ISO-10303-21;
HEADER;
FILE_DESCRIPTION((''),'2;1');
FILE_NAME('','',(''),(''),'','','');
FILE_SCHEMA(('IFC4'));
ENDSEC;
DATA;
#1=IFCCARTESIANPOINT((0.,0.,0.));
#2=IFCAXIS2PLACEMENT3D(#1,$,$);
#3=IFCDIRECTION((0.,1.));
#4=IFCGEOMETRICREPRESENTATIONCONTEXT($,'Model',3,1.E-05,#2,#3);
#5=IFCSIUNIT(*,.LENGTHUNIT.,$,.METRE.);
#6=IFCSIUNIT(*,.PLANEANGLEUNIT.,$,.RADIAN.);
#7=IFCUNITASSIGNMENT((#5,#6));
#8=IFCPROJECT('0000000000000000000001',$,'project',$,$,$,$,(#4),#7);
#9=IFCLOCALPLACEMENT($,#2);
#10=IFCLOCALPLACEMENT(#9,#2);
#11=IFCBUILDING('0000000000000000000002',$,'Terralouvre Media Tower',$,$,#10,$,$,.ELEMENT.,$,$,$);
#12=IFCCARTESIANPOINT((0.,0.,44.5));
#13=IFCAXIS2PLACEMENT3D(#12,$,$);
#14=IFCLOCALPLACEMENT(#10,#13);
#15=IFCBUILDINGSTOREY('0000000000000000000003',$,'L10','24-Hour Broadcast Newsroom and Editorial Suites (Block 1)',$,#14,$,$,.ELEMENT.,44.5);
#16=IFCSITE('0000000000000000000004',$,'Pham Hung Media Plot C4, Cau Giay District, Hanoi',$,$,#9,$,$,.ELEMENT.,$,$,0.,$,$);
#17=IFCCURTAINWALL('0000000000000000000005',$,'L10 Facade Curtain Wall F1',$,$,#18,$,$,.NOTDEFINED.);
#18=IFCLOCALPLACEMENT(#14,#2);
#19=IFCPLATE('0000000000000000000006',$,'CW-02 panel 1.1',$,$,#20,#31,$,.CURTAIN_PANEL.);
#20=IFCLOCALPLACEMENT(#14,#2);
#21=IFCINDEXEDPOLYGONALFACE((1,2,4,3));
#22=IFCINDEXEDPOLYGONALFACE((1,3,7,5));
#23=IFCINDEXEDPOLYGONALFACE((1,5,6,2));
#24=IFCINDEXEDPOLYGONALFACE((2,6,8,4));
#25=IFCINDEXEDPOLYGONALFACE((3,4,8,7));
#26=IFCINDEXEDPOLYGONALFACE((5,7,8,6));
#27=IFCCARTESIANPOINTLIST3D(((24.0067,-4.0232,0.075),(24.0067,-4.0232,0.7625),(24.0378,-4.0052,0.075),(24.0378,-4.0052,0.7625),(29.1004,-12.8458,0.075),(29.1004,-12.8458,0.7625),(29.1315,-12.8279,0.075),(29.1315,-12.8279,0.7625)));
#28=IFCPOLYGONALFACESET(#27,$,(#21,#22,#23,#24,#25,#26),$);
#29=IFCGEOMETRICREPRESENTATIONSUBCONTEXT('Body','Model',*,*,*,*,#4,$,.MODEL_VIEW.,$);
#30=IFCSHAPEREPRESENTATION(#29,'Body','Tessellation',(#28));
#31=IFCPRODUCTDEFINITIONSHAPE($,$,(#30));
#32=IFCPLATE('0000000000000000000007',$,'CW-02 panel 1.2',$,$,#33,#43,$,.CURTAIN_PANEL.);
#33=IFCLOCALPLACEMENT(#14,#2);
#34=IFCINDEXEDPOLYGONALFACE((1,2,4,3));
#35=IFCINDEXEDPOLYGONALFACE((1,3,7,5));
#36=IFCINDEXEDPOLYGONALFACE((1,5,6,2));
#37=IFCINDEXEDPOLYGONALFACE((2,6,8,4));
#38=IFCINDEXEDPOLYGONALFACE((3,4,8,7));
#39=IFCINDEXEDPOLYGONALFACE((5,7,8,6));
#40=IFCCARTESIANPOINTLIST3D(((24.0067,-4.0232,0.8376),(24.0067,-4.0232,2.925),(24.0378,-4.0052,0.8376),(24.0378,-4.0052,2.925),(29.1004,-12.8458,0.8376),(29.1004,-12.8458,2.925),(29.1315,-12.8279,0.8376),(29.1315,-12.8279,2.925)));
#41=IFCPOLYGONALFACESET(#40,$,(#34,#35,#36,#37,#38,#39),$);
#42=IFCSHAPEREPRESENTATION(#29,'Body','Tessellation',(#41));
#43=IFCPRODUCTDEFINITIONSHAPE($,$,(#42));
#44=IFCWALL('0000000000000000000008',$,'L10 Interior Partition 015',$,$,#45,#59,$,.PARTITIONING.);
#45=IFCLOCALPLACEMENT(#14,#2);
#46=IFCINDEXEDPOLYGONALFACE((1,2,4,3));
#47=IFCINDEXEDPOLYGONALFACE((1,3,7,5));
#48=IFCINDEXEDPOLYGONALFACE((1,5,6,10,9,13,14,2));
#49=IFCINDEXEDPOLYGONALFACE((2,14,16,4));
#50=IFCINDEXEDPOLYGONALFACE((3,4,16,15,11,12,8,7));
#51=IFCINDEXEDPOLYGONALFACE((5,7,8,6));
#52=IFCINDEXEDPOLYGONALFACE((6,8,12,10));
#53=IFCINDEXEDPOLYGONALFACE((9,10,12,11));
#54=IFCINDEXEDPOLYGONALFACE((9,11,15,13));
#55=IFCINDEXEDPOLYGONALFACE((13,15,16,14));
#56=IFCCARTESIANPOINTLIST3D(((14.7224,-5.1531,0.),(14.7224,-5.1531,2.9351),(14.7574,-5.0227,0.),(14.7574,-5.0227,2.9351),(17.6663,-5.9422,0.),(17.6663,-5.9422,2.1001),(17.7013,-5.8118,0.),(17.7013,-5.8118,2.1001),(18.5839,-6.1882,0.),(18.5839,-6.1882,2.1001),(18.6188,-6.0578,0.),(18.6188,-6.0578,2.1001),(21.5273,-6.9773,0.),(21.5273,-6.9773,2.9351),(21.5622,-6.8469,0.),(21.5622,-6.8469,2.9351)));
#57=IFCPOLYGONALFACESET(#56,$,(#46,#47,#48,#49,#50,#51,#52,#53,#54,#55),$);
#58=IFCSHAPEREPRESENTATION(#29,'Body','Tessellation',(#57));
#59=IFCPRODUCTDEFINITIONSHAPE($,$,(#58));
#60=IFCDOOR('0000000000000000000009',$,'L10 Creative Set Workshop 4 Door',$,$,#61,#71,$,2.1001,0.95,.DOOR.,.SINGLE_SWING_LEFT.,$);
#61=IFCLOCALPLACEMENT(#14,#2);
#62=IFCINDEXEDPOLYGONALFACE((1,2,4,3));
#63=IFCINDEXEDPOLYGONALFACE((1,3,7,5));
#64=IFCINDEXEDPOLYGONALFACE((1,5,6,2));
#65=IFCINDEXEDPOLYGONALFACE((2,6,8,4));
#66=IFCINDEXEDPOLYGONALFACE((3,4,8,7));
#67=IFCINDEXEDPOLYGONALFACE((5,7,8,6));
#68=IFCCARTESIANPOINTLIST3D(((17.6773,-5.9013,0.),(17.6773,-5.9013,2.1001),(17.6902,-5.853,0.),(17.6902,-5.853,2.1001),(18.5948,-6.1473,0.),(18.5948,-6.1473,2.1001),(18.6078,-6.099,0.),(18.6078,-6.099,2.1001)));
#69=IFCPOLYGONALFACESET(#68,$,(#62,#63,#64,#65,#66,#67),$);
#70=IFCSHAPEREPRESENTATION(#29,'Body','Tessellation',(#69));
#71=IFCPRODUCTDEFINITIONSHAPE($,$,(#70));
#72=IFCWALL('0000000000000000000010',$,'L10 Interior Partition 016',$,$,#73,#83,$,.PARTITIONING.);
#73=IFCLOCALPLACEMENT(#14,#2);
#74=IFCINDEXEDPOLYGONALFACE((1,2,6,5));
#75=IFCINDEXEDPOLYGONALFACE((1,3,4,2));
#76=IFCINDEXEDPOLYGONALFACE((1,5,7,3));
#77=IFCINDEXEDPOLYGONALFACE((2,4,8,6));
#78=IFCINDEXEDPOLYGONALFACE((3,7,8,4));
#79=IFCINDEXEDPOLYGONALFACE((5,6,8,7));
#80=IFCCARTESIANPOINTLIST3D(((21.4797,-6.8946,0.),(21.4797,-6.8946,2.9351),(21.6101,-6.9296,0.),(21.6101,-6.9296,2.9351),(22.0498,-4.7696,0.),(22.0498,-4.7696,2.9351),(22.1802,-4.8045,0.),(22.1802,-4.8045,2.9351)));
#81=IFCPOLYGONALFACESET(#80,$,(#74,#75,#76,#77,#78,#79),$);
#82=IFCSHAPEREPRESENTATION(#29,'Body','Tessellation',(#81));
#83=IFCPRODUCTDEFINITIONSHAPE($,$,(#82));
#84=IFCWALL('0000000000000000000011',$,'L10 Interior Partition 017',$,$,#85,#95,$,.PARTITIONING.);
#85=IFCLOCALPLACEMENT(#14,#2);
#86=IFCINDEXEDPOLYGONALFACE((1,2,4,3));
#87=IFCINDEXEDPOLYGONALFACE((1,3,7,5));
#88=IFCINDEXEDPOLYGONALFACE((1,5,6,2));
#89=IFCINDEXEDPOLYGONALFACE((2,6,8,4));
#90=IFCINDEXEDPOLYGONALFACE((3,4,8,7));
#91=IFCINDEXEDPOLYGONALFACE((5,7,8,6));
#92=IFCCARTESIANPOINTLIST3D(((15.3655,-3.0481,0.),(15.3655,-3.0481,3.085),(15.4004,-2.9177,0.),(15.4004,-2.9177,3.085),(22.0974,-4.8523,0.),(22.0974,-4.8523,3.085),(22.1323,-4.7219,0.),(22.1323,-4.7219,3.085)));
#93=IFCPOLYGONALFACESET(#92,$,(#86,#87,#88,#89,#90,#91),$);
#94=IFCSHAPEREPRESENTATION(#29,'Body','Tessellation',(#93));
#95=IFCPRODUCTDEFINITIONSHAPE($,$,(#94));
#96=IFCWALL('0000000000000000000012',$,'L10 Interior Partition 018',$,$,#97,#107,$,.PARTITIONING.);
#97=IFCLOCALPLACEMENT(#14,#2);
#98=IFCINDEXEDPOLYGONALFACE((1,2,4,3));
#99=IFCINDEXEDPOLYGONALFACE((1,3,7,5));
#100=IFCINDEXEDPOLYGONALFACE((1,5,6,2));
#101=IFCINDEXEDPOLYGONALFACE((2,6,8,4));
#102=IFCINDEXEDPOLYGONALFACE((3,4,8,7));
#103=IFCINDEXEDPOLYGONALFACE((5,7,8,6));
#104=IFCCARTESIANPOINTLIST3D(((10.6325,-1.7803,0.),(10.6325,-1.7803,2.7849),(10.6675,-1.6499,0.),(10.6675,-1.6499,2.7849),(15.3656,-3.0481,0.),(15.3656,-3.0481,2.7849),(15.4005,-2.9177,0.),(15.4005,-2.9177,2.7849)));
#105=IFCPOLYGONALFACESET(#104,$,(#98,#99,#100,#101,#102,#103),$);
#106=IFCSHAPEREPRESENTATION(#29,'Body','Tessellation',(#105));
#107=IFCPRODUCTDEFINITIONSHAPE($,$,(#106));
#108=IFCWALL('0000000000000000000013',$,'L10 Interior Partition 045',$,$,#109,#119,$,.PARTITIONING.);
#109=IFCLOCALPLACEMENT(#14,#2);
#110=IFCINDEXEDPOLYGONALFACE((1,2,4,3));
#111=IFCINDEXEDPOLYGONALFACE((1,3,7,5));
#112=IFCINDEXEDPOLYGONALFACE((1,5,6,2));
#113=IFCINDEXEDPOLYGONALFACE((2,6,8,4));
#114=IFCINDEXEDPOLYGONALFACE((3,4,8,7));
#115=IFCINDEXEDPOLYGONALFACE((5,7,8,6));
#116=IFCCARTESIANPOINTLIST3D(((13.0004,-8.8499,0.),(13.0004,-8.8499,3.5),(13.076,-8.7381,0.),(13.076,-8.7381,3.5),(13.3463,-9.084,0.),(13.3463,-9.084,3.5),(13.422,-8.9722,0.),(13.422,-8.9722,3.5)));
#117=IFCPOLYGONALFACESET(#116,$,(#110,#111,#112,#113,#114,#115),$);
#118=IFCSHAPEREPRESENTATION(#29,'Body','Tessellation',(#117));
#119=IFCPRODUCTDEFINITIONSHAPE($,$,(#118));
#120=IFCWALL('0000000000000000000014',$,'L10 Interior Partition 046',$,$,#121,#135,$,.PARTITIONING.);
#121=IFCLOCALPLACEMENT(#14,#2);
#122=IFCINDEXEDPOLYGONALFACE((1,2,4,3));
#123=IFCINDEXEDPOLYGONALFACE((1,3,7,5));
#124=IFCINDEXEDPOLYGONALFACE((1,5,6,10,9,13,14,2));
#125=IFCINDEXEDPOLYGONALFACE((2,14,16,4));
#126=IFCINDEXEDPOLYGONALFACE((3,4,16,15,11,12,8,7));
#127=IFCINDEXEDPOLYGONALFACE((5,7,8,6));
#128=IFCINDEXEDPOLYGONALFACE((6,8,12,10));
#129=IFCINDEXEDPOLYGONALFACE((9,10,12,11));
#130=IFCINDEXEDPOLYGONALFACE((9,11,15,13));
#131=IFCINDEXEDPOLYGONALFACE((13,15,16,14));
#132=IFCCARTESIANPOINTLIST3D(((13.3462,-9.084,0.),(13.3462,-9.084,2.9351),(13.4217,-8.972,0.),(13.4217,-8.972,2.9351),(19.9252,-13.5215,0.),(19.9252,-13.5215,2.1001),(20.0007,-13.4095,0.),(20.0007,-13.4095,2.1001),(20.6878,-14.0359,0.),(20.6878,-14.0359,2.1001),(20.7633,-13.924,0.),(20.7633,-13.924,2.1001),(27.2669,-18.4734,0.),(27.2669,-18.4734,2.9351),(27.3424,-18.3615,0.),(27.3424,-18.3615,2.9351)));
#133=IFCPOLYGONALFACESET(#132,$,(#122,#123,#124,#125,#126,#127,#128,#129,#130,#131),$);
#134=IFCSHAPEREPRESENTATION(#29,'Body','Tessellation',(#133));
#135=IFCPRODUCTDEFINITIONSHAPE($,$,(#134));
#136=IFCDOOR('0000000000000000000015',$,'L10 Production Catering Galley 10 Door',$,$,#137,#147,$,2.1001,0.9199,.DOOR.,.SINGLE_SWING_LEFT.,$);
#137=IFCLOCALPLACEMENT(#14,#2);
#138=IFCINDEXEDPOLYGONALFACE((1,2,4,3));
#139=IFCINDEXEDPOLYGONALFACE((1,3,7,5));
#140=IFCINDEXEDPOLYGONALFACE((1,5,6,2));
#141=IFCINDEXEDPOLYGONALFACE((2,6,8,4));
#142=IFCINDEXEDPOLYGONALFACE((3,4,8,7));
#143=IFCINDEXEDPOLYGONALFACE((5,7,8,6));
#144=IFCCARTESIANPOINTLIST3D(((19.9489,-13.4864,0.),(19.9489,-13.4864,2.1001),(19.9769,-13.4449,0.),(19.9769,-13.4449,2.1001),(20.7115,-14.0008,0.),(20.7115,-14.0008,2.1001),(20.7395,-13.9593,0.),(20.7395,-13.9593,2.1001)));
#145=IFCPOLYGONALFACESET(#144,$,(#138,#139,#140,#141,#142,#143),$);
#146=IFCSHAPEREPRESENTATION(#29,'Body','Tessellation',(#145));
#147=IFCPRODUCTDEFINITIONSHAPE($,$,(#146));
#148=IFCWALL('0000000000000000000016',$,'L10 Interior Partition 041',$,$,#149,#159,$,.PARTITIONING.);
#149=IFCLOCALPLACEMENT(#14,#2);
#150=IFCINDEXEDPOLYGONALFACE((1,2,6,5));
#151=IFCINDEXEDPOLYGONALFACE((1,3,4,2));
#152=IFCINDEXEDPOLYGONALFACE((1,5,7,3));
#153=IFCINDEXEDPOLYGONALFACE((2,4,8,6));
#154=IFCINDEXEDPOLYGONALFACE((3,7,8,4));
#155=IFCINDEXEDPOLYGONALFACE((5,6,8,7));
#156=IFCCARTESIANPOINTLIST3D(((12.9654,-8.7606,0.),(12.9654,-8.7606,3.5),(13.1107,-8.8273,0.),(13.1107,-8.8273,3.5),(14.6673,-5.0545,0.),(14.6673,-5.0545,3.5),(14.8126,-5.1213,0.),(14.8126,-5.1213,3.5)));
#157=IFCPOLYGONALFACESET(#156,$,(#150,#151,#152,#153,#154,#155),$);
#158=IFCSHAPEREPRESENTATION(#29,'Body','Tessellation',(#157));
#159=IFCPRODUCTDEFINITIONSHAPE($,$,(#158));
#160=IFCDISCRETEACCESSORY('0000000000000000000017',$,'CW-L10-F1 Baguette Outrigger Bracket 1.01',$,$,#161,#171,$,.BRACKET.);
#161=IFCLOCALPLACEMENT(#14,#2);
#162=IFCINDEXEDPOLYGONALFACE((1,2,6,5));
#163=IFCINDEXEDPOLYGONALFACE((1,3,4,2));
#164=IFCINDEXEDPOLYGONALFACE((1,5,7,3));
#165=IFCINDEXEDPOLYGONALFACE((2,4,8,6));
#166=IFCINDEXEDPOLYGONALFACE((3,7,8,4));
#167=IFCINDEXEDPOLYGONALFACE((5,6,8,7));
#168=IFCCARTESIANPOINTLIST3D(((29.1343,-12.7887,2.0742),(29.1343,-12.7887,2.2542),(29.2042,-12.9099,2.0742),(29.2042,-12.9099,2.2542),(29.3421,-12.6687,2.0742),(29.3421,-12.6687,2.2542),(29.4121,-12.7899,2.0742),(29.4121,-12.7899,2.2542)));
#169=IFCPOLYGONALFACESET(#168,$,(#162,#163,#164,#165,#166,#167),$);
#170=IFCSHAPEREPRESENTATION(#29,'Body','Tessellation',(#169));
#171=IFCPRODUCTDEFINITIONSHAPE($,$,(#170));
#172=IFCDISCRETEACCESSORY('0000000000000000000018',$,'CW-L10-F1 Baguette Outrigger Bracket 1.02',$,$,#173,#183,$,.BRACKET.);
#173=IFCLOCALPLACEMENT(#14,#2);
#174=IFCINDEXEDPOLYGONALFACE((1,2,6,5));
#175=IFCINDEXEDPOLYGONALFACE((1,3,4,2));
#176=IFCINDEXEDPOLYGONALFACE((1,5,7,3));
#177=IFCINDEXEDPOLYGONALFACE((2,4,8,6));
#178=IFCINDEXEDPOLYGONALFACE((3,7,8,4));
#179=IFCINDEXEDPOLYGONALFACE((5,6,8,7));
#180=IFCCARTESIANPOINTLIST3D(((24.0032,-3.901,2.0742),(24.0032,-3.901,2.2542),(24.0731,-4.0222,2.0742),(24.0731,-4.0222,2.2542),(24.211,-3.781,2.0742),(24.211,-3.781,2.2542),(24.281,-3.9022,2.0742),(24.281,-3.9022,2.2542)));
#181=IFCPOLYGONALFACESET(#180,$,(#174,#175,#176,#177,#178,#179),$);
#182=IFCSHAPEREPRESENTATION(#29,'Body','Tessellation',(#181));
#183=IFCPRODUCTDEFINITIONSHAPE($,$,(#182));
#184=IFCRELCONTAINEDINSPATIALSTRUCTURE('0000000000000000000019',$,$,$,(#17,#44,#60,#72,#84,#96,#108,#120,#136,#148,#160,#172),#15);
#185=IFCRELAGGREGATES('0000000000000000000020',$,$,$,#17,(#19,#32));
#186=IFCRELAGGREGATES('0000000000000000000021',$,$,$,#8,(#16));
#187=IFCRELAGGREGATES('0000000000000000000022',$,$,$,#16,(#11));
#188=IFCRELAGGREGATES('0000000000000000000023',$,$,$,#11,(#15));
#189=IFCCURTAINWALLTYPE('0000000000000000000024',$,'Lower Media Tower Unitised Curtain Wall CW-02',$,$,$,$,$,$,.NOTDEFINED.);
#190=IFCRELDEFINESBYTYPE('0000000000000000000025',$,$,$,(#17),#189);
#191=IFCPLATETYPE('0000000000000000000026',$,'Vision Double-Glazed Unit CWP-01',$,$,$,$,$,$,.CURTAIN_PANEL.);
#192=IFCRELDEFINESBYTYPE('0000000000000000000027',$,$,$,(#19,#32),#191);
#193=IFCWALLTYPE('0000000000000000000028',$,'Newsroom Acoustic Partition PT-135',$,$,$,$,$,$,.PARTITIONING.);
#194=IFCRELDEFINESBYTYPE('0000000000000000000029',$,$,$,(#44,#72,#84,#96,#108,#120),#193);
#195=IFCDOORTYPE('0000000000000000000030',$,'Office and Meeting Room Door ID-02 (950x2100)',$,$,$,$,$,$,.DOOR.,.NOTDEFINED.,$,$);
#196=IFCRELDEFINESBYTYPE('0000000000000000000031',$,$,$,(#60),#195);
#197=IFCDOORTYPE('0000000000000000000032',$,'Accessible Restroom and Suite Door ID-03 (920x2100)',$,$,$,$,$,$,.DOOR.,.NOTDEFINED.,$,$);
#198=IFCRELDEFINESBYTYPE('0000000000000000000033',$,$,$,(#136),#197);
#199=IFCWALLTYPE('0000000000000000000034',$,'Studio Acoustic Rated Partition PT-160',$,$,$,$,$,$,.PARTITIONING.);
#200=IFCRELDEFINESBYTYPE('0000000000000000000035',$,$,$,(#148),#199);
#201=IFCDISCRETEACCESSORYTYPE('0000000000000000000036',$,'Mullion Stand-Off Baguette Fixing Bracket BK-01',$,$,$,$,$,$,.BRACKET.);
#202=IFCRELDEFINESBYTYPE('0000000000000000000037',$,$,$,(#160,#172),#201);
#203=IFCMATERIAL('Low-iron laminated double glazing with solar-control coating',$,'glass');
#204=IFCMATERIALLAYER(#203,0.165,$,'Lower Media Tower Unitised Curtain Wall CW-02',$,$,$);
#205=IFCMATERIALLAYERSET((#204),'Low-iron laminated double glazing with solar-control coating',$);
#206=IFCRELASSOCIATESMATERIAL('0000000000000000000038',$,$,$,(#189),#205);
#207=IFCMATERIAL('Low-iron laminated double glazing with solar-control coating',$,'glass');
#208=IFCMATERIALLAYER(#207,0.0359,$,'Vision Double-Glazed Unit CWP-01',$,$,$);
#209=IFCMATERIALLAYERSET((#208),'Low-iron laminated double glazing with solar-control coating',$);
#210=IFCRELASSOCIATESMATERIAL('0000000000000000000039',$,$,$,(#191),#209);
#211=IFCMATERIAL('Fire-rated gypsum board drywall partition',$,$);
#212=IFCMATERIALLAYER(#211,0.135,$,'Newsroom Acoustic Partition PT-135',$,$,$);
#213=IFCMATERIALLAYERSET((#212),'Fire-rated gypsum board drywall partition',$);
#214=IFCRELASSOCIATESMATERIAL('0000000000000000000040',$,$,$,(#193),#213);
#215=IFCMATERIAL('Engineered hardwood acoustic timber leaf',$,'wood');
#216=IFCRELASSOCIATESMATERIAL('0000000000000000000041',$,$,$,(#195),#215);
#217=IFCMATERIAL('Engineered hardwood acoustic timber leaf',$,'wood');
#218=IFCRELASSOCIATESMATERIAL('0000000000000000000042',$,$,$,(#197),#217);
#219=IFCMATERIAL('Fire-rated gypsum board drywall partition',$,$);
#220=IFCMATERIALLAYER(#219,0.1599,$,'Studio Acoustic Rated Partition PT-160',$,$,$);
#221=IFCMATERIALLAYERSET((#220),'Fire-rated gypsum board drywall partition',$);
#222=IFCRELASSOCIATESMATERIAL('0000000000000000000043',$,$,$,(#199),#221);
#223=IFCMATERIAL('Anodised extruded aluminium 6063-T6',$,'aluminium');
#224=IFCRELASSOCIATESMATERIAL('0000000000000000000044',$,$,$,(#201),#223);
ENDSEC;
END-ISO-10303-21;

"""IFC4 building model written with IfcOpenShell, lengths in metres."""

from ifc_helpers import new_model, si_unit, direction, frame, frame_2d, origin, origin_2d, place, context, subcontext, project, spatial, rectangle, extrude, material, layer, layer_set, type_object, element, fill, aggregate, save


model = new_model("IFC4")

# Units and contexts
model_context = context("Model", 3, precision=1e-05, world=origin(), true_north=direction((0.0, 1.0)))
body_context = subcontext(model_context, "Body", "Model", "MODEL_VIEW")
ifc_project = project(units=[si_unit("LENGTHUNIT", "METRE"), si_unit("PLANEANGLEUNIT", "RADIAN")], contexts=[model_context])

# Site, building, storey
site_placement = place(None, origin())
site = spatial("IfcSite", under=ifc_project, at=site_placement, Name="Pham Hung Media Plot C4, Cau Giay District, Hanoi", CompositionType="ELEMENT", RefElevation=0.0)
building_placement = place(site_placement, origin())
building = spatial("IfcBuilding", under=site, at=building_placement, Name="Terralouvre Media Tower", CompositionType="ELEMENT")
storey_placement = place(building_placement, frame((0.0, 0.0, 44.5)))
storey = spatial("IfcBuildingStorey", under=building, at=storey_placement, Name="L10", Description="24-Hour Broadcast Newsroom and Editorial Suites (Block 1)", CompositionType="ELEMENT", Elevation=44.5)

# Curtain wall
ifc_material_1 = material(Name="Low-iron laminated double glazing with solar-control coating", Category="glass")
ifc_layer_1 = layer(ifc_material_1, 0.165, Name="Lower Media Tower Unitised Curtain Wall CW-02")
ifc_layer_set_1 = layer_set([ifc_layer_1], Name="Low-iron laminated double glazing with solar-control coating")
curtain_wall_type_1 = type_object("IfcCurtainWallType", Name="Lower Media Tower Unitised Curtain Wall CW-02", PredefinedType="NOTDEFINED", material=ifc_layer_set_1)
curtain_wall_1_placement = place(storey_placement, origin())
curtain_wall_1 = element("IfcCurtainWall", 1, at=curtain_wall_1_placement, inside=storey, type_object=curtain_wall_type_1, Name="L10 Facade Curtain Wall F1", PredefinedType="NOTDEFINED")

# Plates
ifc_material_2 = material(Name="Low-iron laminated double glazing with solar-control coating", Category="glass")
ifc_layer_2 = layer(ifc_material_2, 0.0359, Name="Vision Double-Glazed Unit CWP-01")
ifc_layer_set_2 = layer_set([ifc_layer_2], Name="Low-iron laminated double glazing with solar-control coating")
plate_type = type_object("IfcPlateType", Name="Vision Double-Glazed Unit CWP-01", PredefinedType="CURTAIN_PANEL", material=ifc_layer_set_2)
plate_1_placement = place(storey_placement, frame((26.5691, -8.4255, 0.075), z_axis=(0.0, 0.0, 1.0), x_axis=(-0.5, 0.866025, 0.0)))
plate_1 = element("IfcPlate", 2, at=plate_1_placement, type_object=plate_type, Name="CW-02 panel 1.1", PredefinedType="CURTAIN_PANEL", context=body_context, shape_type="SweptSolid", body=[
    extrude(rectangle(XDim=10.1875, YDim=0.0359, at=origin_2d()), origin(), (0.0, 0.0, 1.0), 0.6875),
])
plate_2_placement = place(storey_placement, frame((26.5691, -8.4255, 0.8376), z_axis=(0.0, 0.0, 1.0), x_axis=(-0.5, 0.866025, 0.0)))
plate_2 = element("IfcPlate", 3, at=plate_2_placement, type_object=plate_type, Name="CW-02 panel 1.2", PredefinedType="CURTAIN_PANEL", context=body_context, shape_type="SweptSolid", body=[
    extrude(rectangle(XDim=10.1875, YDim=0.0359, at=origin_2d()), origin(), (0.0, 0.0, 1.0), 2.0874),
])
aggregate(curtain_wall_1, [plate_1, plate_2])

# Wall, opening, door
ifc_material_3 = material(Name="Fire-rated gypsum board drywall partition")
ifc_layer_3 = layer(ifc_material_3, 0.135, Name="Newsroom Acoustic Partition PT-135")
ifc_layer_set_3 = layer_set([ifc_layer_3], Name="Fire-rated gypsum board drywall partition")
wall_type_1 = type_object("IfcWallType", Name="Newsroom Acoustic Partition PT-135", PredefinedType="PARTITIONING", material=ifc_layer_set_3)
wall_1_placement = place(storey_placement, frame((14.74, -5.0879, 0.0), z_axis=(0.0, 0.0, 1.0), x_axis=(0.965896, -0.258931, 0.0)))
wall_1 = element("IfcWall", 4, at=wall_1_placement, inside=storey, type_object=wall_type_1, Name="L10 Interior Partition 015", PredefinedType="PARTITIONING", context=body_context, shape_type="SweptSolid", body=[
    extrude(rectangle(XDim=7.0452, YDim=0.135, at=frame_2d((3.5225, 0.0))), origin(), (0.0, 0.0, 1.0), 2.9351),
])
opening_1_placement = place(wall_1_placement, frame((3.0476, 0.0, 0.0)))
opening_1 = element("IfcOpeningElement", 5, at=opening_1_placement, cuts=wall_1, PredefinedType="OPENING", context=body_context, shape_type="SweptSolid", body=[
    extrude(rectangle(XDim=0.95, YDim=2.1001, at=frame_2d((0.4751, 1.05))), frame((0.0, 0.0774, 0.0), z_axis=(0.0, -1.0, 0.0), x_axis=(1.0, 0.0, 0.0)), (0.0, 0.0, 1.0), 0.155),
])
ifc_material_4 = material(Name="Engineered hardwood acoustic timber leaf", Category="wood")
door_type_1 = type_object("IfcDoorType", Name="Office and Meeting Room Door ID-02 (950x2100)", OperationType="NOTDEFINED", PredefinedType="DOOR", material=ifc_material_4)
door_1_placement = place(opening_1_placement, origin())
door_1 = element("IfcDoor", 6, at=door_1_placement, inside=storey, type_object=door_type_1, Name="L10 Creative Set Workshop 4 Door", OperationType="SINGLE_SWING_LEFT", OverallHeight=2.1001, OverallWidth=0.95, PredefinedType="DOOR", context=body_context, shape_type="SweptSolid", body=[
    extrude(rectangle(XDim=0.95, YDim=2.1001, at=frame_2d((0.4751, 1.05))), frame((0.0, 0.0249, 0.0), z_axis=(0.0, -1.0, 0.0), x_axis=(1.0, 0.0, 0.0)), (0.0, 0.0, 1.0), 0.05),
])
fill(opening_1, door_1)

# Walls
wall_2_placement = place(storey_placement, frame((21.5449, -6.9121, 0.0), z_axis=(0.0, 0.0, 1.0), x_axis=(0.259106, 0.965849, 0.0)))
element("IfcWall", 7, at=wall_2_placement, inside=storey, type_object=wall_type_1, Name="L10 Interior Partition 016", PredefinedType="PARTITIONING", context=body_context, shape_type="SweptSolid", body=[
    extrude(rectangle(XDim=2.2002, YDim=0.135, at=frame_2d((1.1001, 0.0))), origin(), (0.0, 0.0, 1.0), 2.9351),
])
wall_3_placement = place(storey_placement, frame((22.115, -4.7871, 0.0), z_axis=(0.0, 0.0, 1.0), x_axis=(-0.965912, 0.25887, 0.0)))
element("IfcWall", 8, at=wall_3_placement, inside=storey, type_object=wall_type_1, Name="L10 Interior Partition 017", PredefinedType="PARTITIONING", context=body_context, shape_type="SweptSolid", body=[
    extrude(rectangle(XDim=6.9695, YDim=0.135, at=frame_2d((3.4849, 0.0))), origin(), (0.0, 0.0, 1.0), 3.085),
])
wall_4_placement = place(storey_placement, frame((15.3831, -2.9829, 0.0), z_axis=(0.0, 0.0, 1.0), x_axis=(-0.965947, 0.258739, 0.0)))
element("IfcWall", 9, at=wall_4_placement, inside=storey, type_object=wall_type_1, Name="L10 Interior Partition 018", PredefinedType="PARTITIONING", context=body_context, shape_type="SweptSolid", body=[
    extrude(rectangle(XDim=4.8999, YDim=0.135, at=frame_2d((2.45, 0.0))), origin(), (0.0, 0.0, 1.0), 2.7849),
])
wall_5_placement = place(storey_placement, frame((13.0381, -8.7939, 0.0), z_axis=(0.0, 0.0, 1.0), x_axis=(0.828164, -0.560486, 0.0)))
element("IfcWall", 10, at=wall_5_placement, inside=storey, type_object=wall_type_1, Name="L10 Interior Partition 045", PredefinedType="PARTITIONING", context=body_context, shape_type="SweptSolid", body=[
    extrude(rectangle(XDim=0.4177, YDim=0.135, at=frame_2d((0.209, 0.0))), origin(), (0.0, 0.0, 1.0), 3.5),
])

# Wall, opening, door
wall_6_placement = place(storey_placement, frame((13.384, -9.0281, 0.0), z_axis=(0.0, 0.0, 1.0), x_axis=(0.829043, -0.559185, 0.0)))
wall_6 = element("IfcWall", 11, at=wall_6_placement, inside=storey, type_object=wall_type_1, Name="L10 Interior Partition 046", PredefinedType="PARTITIONING", context=body_context, shape_type="SweptSolid", body=[
    extrude(rectangle(XDim=16.7913, YDim=0.135, at=frame_2d((8.3955, 0.0))), origin(), (0.0, 0.0, 1.0), 2.9351),
])
opening_2_placement = place(wall_6_placement, frame((7.9355, 0.0, 0.0)))
opening_2 = element("IfcOpeningElement", 12, at=opening_2_placement, cuts=wall_6, PredefinedType="OPENING", context=body_context, shape_type="SweptSolid", body=[
    extrude(rectangle(XDim=0.9199, YDim=2.1001, at=frame_2d((0.46, 1.05))), frame((0.0, 0.0774, 0.0), z_axis=(0.0, -1.0, 0.0), x_axis=(1.0, 0.0, 0.0)), (0.0, 0.0, 1.0), 0.155),
])
ifc_material_5 = material(Name="Engineered hardwood acoustic timber leaf", Category="wood")
door_type_2 = type_object("IfcDoorType", Name="Accessible Restroom and Suite Door ID-03 (920x2100)", OperationType="NOTDEFINED", PredefinedType="DOOR", material=ifc_material_5)
door_2_placement = place(opening_2_placement, origin())
door_2 = element("IfcDoor", 13, at=door_2_placement, inside=storey, type_object=door_type_2, Name="L10 Production Catering Galley 10 Door", OperationType="SINGLE_SWING_LEFT", OverallHeight=2.1001, OverallWidth=0.9199, PredefinedType="DOOR", context=body_context, shape_type="SweptSolid", body=[
    extrude(rectangle(XDim=0.9199, YDim=2.1001, at=frame_2d((0.46, 1.05))), frame((0.0, 0.0249, 0.0), z_axis=(0.0, -1.0, 0.0), x_axis=(1.0, 0.0, 0.0)), (0.0, 0.0, 1.0), 0.05),
])
fill(opening_2, door_2)

# Wall
ifc_material_6 = material(Name="Fire-rated gypsum board drywall partition")
ifc_layer_4 = layer(ifc_material_6, 0.1599, Name="Studio Acoustic Rated Partition PT-160")
ifc_layer_set_4 = layer_set([ifc_layer_4], Name="Fire-rated gypsum board drywall partition")
wall_type_2 = type_object("IfcWallType", Name="Studio Acoustic Rated Partition PT-160", PredefinedType="PARTITIONING", material=ifc_layer_set_4)
wall_7_placement = place(storey_placement, frame((13.0381, -8.7939, 0.0), z_axis=(0.0, 0.0, 1.0), x_axis=(0.417322, 0.908758, 0.0)))
element("IfcWall", 14, at=wall_7_placement, inside=storey, type_object=wall_type_2, Name="L10 Interior Partition 041", PredefinedType="PARTITIONING", context=body_context, shape_type="SweptSolid", body=[
    extrude(rectangle(XDim=4.0781, YDim=0.1599, at=frame_2d((2.0391, 0.0))), origin(), (0.0, 0.0, 1.0), 3.5),
])

# Discrete accessories
ifc_material_7 = material(Name="Anodised extruded aluminium 6063-T6", Category="aluminium")
discrete_accessory_type = type_object("IfcDiscreteAccessoryType", Name="Mullion Stand-Off Baguette Fixing Bracket BK-01", PredefinedType="BRACKET", material=ifc_material_7)
for number, where, z_axis, x_axis, name in (
    (15, (29.2732, -12.7893, 2.0742), (0.0, 0.0, 1.0), (-0.5, 0.866025, 0.0), "CW-L10-F1 Baguette Outrigger Bracket 1.01"),
    (16, (24.1421, -3.9016, 2.0742), (0.0, 0.0, 1.0), (-0.5, 0.866025, 0.0), "CW-L10-F1 Baguette Outrigger Bracket 1.02"),
):
    element("IfcDiscreteAccessory", number, at=place(storey_placement, frame(where, z_axis=z_axis, x_axis=x_axis)), inside=storey, type_object=discrete_accessory_type, Name=name, PredefinedType="BRACKET", context=body_context, shape_type="SweptSolid", body=[
        extrude(rectangle(XDim=0.1399, YDim=0.24, at=origin_2d()), origin(), (0.0, 0.0, 1.0), 0.1799),
    ])

save(model, "model.ifc")
